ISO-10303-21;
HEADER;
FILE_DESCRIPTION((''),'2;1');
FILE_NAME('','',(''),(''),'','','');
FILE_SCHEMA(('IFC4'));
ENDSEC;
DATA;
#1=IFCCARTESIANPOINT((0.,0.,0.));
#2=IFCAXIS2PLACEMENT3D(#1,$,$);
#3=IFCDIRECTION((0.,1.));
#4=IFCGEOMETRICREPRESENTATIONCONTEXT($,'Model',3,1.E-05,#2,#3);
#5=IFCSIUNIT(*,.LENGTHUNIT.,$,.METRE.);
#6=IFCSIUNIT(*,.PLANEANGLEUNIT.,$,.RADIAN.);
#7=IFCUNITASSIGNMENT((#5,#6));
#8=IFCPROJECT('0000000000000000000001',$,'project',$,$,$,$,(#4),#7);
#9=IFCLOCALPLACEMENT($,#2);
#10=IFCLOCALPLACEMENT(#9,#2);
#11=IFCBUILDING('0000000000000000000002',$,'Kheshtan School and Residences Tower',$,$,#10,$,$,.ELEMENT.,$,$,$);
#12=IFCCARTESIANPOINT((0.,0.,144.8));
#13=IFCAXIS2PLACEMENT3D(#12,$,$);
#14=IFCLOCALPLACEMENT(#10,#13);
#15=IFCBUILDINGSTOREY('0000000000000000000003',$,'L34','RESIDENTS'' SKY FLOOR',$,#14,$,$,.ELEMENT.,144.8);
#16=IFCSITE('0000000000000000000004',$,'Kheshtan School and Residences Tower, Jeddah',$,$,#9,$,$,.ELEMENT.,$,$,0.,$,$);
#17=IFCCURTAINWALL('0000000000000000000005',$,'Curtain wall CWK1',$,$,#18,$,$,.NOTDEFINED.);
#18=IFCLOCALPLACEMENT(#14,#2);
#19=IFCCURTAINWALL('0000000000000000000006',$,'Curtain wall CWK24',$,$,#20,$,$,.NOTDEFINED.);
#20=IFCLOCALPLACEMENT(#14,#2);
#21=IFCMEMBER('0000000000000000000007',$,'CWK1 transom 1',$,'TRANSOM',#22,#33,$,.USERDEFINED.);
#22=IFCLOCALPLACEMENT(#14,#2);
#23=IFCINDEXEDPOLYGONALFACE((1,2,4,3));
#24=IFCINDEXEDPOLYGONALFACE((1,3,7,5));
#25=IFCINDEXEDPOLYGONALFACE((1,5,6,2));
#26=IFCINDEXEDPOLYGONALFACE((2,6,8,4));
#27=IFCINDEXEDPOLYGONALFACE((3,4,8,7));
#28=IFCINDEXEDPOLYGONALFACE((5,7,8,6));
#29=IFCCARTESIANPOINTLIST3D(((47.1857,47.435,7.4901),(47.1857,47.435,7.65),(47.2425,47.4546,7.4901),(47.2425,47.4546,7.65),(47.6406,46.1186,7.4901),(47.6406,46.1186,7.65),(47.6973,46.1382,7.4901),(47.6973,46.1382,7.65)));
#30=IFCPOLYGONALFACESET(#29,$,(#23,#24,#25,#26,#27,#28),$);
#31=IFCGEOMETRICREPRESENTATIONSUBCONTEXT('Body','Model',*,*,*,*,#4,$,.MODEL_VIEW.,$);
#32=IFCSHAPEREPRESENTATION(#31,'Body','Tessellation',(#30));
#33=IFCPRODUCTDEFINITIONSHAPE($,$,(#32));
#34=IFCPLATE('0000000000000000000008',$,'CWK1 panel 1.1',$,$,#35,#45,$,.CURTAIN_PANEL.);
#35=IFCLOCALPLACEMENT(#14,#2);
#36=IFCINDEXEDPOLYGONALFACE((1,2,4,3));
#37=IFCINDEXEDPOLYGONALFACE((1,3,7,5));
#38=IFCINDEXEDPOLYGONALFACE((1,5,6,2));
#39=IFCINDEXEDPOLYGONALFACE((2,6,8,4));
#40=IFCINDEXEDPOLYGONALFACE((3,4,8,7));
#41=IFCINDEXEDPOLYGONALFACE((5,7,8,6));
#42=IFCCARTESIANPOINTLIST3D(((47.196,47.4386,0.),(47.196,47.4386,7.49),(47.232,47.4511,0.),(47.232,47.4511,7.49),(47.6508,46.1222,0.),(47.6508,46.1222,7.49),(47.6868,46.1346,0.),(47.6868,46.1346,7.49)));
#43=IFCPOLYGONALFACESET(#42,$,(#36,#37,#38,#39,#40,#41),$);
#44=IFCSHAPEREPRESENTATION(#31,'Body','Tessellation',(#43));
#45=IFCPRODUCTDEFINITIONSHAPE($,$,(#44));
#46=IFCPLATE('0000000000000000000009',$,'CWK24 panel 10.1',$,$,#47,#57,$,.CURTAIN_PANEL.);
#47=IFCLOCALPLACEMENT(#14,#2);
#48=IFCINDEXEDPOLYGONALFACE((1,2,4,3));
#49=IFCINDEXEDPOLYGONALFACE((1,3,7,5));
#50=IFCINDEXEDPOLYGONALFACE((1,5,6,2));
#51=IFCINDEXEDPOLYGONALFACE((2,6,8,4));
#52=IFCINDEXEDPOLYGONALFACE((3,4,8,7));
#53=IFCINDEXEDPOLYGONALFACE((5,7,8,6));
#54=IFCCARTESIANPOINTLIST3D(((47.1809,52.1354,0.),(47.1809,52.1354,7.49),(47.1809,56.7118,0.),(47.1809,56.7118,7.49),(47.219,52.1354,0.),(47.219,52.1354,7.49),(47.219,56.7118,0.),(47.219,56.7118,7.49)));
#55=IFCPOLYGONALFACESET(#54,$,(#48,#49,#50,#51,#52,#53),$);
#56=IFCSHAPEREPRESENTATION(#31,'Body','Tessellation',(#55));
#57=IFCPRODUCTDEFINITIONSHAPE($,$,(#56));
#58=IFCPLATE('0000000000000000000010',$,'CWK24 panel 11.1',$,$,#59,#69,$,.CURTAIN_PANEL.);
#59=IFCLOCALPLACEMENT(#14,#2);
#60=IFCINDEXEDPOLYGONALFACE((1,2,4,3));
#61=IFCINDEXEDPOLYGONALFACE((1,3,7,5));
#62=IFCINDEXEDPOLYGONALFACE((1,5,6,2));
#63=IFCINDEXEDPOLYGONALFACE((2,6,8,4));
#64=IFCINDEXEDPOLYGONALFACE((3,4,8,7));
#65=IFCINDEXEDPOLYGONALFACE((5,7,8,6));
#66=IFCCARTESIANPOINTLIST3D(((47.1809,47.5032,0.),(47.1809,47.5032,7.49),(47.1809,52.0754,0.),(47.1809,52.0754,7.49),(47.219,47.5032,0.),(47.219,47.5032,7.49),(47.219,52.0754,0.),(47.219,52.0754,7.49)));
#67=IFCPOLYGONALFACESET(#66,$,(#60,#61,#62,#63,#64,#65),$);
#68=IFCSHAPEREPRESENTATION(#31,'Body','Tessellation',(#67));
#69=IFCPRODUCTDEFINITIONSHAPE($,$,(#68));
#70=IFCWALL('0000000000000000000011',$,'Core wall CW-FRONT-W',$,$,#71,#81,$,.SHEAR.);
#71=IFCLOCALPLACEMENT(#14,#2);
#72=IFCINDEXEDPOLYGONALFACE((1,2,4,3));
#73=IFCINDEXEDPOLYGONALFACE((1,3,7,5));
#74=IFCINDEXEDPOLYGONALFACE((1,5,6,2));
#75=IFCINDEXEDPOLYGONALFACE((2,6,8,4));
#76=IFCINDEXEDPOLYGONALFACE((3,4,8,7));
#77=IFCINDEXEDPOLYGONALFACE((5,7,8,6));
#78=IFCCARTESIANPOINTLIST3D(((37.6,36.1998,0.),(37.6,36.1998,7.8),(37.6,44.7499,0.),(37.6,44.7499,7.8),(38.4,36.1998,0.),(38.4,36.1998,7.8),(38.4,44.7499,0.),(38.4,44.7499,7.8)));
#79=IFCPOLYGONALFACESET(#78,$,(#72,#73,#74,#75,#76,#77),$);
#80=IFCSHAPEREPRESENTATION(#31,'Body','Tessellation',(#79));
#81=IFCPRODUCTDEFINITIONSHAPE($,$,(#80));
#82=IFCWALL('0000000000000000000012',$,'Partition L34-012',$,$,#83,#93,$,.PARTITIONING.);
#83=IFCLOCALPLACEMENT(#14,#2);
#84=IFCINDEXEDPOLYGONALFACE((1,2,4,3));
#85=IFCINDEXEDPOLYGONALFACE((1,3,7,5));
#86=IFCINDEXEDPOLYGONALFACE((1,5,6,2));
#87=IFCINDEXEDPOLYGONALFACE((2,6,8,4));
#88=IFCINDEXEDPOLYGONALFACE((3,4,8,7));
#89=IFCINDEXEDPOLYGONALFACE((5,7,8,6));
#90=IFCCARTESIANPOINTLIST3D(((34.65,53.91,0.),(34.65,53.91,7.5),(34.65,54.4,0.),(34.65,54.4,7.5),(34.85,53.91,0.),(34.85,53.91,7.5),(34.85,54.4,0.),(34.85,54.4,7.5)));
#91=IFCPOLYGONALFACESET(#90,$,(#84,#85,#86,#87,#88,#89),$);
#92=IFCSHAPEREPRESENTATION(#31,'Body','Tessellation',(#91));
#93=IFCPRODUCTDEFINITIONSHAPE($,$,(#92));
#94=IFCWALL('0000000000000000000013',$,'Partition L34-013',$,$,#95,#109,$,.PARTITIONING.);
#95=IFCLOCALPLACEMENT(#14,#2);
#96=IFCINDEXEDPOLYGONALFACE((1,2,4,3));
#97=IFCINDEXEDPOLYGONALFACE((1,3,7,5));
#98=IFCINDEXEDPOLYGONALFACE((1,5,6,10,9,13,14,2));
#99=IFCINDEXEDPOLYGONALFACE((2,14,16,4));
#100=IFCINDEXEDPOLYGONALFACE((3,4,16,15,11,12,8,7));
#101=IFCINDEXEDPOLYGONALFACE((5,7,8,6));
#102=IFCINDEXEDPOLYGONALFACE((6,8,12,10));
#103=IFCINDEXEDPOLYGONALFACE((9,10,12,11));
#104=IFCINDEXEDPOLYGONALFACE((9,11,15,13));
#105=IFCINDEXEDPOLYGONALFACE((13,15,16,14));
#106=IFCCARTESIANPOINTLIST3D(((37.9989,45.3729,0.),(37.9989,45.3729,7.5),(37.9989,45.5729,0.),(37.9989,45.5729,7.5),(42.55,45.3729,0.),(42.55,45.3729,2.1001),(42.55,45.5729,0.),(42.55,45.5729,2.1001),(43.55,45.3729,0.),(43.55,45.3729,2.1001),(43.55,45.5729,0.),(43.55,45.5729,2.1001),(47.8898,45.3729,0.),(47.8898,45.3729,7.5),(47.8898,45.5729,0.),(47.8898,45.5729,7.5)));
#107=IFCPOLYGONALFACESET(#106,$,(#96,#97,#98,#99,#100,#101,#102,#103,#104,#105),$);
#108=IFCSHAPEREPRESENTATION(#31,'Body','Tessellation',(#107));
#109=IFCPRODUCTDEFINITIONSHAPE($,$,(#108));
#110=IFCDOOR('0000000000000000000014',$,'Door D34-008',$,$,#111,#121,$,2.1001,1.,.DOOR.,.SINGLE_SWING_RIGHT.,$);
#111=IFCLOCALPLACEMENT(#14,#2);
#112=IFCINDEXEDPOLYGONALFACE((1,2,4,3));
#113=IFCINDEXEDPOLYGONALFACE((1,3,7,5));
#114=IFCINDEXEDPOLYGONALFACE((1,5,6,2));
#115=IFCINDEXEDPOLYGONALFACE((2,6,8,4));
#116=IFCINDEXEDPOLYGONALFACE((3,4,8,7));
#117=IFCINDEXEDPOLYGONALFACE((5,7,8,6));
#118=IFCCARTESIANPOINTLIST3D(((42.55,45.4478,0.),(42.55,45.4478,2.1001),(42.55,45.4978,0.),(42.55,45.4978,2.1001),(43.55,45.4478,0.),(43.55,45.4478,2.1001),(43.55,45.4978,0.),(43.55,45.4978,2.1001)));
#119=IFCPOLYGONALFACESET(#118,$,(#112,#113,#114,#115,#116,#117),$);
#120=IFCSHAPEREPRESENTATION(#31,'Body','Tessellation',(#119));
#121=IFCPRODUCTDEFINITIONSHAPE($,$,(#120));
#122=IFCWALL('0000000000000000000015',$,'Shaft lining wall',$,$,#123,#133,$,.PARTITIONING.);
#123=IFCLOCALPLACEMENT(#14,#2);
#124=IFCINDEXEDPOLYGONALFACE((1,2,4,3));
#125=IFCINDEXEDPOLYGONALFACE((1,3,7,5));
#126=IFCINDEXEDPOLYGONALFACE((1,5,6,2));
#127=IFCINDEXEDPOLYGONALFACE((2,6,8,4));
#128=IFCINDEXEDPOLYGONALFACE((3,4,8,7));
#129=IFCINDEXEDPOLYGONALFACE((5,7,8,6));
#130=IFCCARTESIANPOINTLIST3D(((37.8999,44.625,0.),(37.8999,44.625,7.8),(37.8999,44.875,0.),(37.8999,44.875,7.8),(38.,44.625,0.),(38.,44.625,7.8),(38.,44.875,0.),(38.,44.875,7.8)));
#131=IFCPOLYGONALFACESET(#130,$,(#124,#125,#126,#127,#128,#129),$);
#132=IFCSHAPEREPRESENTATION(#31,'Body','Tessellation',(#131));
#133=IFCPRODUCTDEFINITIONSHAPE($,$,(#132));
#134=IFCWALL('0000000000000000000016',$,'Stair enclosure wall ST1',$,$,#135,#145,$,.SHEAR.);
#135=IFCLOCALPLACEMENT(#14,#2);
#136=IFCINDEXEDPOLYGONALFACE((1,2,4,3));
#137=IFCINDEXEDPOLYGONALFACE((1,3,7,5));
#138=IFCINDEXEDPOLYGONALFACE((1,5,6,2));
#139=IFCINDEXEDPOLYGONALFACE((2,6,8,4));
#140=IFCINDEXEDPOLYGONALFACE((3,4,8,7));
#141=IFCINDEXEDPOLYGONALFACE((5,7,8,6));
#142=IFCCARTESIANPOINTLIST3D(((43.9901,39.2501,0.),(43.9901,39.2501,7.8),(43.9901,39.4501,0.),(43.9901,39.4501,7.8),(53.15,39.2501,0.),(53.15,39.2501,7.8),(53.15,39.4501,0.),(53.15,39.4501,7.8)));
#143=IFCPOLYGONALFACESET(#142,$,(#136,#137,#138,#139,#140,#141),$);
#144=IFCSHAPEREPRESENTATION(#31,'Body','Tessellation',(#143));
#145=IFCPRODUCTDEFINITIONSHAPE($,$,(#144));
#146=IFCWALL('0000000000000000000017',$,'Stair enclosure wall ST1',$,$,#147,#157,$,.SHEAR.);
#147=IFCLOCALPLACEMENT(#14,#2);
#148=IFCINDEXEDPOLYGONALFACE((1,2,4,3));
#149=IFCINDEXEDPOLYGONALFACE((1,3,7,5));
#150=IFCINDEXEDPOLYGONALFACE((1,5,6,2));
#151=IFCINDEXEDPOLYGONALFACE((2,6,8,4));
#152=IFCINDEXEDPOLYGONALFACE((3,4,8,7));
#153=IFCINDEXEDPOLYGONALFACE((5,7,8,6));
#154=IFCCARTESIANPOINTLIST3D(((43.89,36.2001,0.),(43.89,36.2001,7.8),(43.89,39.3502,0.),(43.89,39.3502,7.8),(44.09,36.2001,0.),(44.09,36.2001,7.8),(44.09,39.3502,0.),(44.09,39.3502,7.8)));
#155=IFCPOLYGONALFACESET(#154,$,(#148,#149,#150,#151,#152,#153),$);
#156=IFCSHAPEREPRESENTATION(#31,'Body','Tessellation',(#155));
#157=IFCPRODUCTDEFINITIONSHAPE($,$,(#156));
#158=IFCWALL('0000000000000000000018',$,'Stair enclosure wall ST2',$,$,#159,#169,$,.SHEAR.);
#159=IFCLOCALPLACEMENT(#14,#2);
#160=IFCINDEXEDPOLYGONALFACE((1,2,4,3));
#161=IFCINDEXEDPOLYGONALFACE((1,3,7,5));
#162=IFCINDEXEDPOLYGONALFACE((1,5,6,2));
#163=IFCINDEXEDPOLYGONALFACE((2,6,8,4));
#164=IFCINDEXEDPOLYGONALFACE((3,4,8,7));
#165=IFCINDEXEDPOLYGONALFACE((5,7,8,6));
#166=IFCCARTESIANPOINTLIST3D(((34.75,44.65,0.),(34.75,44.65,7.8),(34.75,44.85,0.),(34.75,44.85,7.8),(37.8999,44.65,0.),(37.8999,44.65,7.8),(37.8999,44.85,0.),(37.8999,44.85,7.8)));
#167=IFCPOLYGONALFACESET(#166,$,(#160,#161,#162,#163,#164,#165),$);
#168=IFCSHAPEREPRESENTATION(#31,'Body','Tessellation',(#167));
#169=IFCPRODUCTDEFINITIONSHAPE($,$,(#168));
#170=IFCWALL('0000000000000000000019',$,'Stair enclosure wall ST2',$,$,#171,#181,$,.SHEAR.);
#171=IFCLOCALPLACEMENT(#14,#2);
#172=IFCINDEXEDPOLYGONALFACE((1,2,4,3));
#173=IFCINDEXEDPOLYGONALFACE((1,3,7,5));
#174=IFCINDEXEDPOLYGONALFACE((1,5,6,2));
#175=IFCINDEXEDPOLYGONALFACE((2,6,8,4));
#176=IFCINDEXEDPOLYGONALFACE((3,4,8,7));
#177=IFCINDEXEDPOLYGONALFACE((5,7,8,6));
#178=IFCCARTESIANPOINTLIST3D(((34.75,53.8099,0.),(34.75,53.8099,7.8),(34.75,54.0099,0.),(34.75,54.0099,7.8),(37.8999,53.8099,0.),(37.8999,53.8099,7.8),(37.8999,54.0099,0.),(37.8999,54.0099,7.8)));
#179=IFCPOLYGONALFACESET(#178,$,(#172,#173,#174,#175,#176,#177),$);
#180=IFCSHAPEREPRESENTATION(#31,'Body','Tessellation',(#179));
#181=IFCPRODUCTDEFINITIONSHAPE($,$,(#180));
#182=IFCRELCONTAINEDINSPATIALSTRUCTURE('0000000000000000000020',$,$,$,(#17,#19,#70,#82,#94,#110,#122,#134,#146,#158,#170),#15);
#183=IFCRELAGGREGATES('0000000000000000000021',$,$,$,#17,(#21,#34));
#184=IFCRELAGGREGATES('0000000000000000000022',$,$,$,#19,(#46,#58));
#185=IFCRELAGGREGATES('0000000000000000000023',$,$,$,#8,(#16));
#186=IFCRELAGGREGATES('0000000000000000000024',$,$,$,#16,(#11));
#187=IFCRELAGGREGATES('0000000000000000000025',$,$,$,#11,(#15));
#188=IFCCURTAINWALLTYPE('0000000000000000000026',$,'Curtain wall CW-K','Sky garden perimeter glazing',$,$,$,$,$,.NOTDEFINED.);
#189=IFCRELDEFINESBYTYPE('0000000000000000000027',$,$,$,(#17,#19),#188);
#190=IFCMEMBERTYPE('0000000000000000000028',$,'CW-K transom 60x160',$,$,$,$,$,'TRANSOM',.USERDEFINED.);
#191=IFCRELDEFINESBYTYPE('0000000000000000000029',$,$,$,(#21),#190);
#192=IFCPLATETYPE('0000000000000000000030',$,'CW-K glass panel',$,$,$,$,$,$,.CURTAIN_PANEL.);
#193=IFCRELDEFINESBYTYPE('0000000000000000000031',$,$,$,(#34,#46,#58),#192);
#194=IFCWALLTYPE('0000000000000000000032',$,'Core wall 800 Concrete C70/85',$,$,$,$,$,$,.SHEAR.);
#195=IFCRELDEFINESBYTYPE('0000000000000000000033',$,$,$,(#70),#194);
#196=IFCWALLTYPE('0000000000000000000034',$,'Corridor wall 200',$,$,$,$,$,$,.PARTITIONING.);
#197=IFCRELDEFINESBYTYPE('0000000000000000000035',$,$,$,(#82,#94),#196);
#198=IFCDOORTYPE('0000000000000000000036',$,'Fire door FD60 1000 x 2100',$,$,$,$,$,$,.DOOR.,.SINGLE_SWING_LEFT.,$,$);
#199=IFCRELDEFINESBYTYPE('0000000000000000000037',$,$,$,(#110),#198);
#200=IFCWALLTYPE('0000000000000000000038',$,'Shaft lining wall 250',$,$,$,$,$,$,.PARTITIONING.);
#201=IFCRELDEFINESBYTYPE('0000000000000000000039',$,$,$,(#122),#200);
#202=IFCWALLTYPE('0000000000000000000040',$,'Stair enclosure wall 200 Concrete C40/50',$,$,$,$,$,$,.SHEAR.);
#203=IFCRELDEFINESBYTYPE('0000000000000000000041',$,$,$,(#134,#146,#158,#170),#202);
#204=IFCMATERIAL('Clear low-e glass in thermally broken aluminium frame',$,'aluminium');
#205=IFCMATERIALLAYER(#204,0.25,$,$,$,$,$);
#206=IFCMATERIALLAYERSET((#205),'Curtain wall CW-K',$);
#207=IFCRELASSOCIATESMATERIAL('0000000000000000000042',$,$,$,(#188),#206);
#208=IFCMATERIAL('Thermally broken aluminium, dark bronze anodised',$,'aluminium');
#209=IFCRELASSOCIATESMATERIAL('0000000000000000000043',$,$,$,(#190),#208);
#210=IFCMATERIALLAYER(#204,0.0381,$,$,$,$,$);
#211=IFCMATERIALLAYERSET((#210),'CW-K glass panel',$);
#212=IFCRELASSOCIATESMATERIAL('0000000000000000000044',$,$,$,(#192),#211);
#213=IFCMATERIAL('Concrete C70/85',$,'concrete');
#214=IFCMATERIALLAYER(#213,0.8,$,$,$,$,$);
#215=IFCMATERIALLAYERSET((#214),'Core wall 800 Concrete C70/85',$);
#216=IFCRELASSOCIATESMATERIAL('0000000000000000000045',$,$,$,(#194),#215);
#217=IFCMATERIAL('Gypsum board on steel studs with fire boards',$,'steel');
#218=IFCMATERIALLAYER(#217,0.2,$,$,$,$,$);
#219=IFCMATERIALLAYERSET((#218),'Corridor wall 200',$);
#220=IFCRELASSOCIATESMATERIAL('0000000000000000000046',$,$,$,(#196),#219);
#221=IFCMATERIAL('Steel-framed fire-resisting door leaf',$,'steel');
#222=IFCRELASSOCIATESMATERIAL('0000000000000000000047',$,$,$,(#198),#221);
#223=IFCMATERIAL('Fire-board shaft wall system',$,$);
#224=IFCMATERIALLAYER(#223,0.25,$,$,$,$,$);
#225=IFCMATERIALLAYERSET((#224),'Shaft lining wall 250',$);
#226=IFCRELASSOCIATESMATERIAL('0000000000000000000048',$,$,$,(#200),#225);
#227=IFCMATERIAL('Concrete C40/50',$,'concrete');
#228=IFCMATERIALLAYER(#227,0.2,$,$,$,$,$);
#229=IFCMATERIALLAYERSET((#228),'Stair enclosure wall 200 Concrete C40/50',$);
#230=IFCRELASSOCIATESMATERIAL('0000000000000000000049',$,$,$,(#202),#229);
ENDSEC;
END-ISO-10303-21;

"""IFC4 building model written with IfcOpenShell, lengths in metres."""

from ifc_helpers import new_model, si_unit, direction, frame, frame_2d, origin, origin_2d, place, context, subcontext, project, spatial, rectangle, extrude, source, transform, mapped, material, layer, layer_set, material_profile, profile_set, type_object, element, fill, aggregate, save


model = new_model("IFC4")

# Units and contexts
model_context = context("Model", 3, precision=1e-05, world=origin(), true_north=direction((0.0, 1.0)))
body_context = subcontext(model_context, "Body", "Model", "MODEL_VIEW")
ifc_project = project(units=[si_unit("LENGTHUNIT", "METRE"), si_unit("PLANEANGLEUNIT", "RADIAN")], contexts=[model_context])

# Site, building, storey
site_placement = place(None, origin())
site = spatial("IfcSite", under=ifc_project, at=site_placement, Name="Kheshtan School and Residences Tower, Jeddah", CompositionType="ELEMENT", RefElevation=0.0)
building_placement = place(site_placement, origin())
building = spatial("IfcBuilding", under=site, at=building_placement, Name="Kheshtan School and Residences Tower", CompositionType="ELEMENT")
storey_placement = place(building_placement, frame((0.0, 0.0, 144.8)))
storey = spatial("IfcBuildingStorey", under=building, at=storey_placement, Name="L34", Description="RESIDENTS' SKY FLOOR", CompositionType="ELEMENT", Elevation=144.8)

# Curtain walls
ifc_material_1 = material(Name="Clear low-e glass in thermally broken aluminium frame", Category="aluminium")
ifc_layer_1 = layer(ifc_material_1, 0.25)
ifc_layer_set_1 = layer_set([ifc_layer_1], Name="Curtain wall CW-K")
curtain_wall_type = type_object("IfcCurtainWallType", Name="Curtain wall CW-K", Description="Sky garden perimeter glazing", PredefinedType="NOTDEFINED", material=ifc_layer_set_1)
curtain_wall_1_placement = place(storey_placement, origin())
curtain_wall_1 = element("IfcCurtainWall", 1, at=curtain_wall_1_placement, inside=storey, type_object=curtain_wall_type, Name="Curtain wall CWK1", PredefinedType="NOTDEFINED")
ifc_material_2 = material(Name="Thermally broken aluminium, dark bronze anodised", Category="aluminium")
curtain_wall_2_placement = place(storey_placement, origin())
curtain_wall_2 = element("IfcCurtainWall", 2, at=curtain_wall_2_placement, inside=storey, type_object=curtain_wall_type, Name="Curtain wall CWK24", PredefinedType="NOTDEFINED")

# Member
ifc_material_profile_1 = material_profile(ifc_material_2, rectangle(XDim=0.0601, YDim=0.1599, at=origin_2d()), Name="CW-K transom 60x160")
ifc_profile_set_1 = profile_set([ifc_material_profile_1], Name="Thermally broken aluminium, dark bronze anodised")
member_type_1 = type_object("IfcMemberType", Name="CW-K transom 60x160", ElementType="TRANSOM", PredefinedType="USERDEFINED", material=ifc_profile_set_1)
member_1_placement = place(storey_placement, frame((47.2141, 47.4448, 7.5701), z_axis=(0.326569, -0.945173, 0.0), x_axis=(0.945173, 0.326569, 0.0)))
member_1 = element("IfcMember", 3, at=member_1_placement, type_object=member_type_1, Name="CWK1 transom 1", ObjectType="TRANSOM", PredefinedType="USERDEFINED", context=body_context, shape_type="SweptSolid", body=[
    extrude(rectangle(XDim=0.0601, YDim=0.1599, at=origin_2d()), origin(), (0.0, 0.0, 1.0), 1.3928),
])

# Plates
ifc_layer_2 = layer(ifc_material_1, 0.0381)
ifc_layer_set_2 = layer_set([ifc_layer_2], Name="CW-K glass panel")
plate_type = type_object("IfcPlateType", Name="CW-K glass panel", PredefinedType="CURTAIN_PANEL", material=ifc_layer_set_2)
plate_1_placement = place(storey_placement, frame((47.4414, 46.7866, 0.0), z_axis=(0.0, 0.0, 1.0), x_axis=(0.32652, -0.94519, 0.0)))
plate_1 = element("IfcPlate", 4, at=plate_1_placement, type_object=plate_type, Name="CWK1 panel 1.1", PredefinedType="CURTAIN_PANEL", context=body_context, shape_type="SweptSolid", body=[
    extrude(rectangle(XDim=1.3928, YDim=0.0381, at=origin_2d()), origin(), (0.0, 0.0, 1.0), 7.49),
])
aggregate(curtain_wall_1, [member_1, plate_1])
plate_2_placement = place(storey_placement, frame((47.2, 54.4236, 0.0), z_axis=(0.0, 0.0, 1.0), x_axis=(0.0, -1.0, 0.0)))
plate_2 = element("IfcPlate", 5, at=plate_2_placement, type_object=plate_type, Name="CWK24 panel 10.1", PredefinedType="CURTAIN_PANEL", context=body_context, shape_type="SweptSolid", body=[
    extrude(rectangle(XDim=4.5764, YDim=0.0381, at=origin_2d()), origin(), (0.0, 0.0, 1.0), 7.49),
])
plate_3_placement = place(storey_placement, frame((47.2, 49.7893, 0.0), z_axis=(0.0, 0.0, 1.0), x_axis=(0.0, -1.0, 0.0)))
plate_3 = element("IfcPlate", 6, at=plate_3_placement, type_object=plate_type, Name="CWK24 panel 11.1", PredefinedType="CURTAIN_PANEL", context=body_context, shape_type="SweptSolid", body=[
    extrude(rectangle(XDim=4.5723, YDim=0.0381, at=origin_2d()), origin(), (0.0, 0.0, 1.0), 7.49),
])
aggregate(curtain_wall_2, [plate_2, plate_3])

# Walls
ifc_material_3 = material(Name="Concrete C70/85", Category="concrete")
ifc_layer_3 = layer(ifc_material_3, 0.8)
ifc_layer_set_3 = layer_set([ifc_layer_3], Name="Core wall 800 Concrete C70/85")
wall_type_1 = type_object("IfcWallType", Name="Core wall 800 Concrete C70/85", PredefinedType="SHEAR", material=ifc_layer_set_3)
wall_1_placement = place(storey_placement, frame((38.0, 36.2, 0.0), z_axis=(0.0, 0.0, 1.0), x_axis=(0.0, 1.0, 0.0)))
element("IfcWall", 7, at=wall_1_placement, inside=storey, type_object=wall_type_1, Name="Core wall CW-FRONT-W", PredefinedType="SHEAR", context=body_context, shape_type="SweptSolid", body=[
    extrude(rectangle(XDim=8.55, YDim=0.8, at=frame_2d((4.2749, 0.0))), origin(), (0.0, 0.0, 1.0), 7.8),
])
ifc_material_4 = material(Name="Gypsum board on steel studs with fire boards", Category="steel")
ifc_layer_4 = layer(ifc_material_4, 0.2)
ifc_layer_set_4 = layer_set([ifc_layer_4], Name="Corridor wall 200")
wall_type_2 = type_object("IfcWallType", Name="Corridor wall 200", PredefinedType="PARTITIONING", material=ifc_layer_set_4)
wall_2_placement = place(storey_placement, frame((34.75, 53.9099, 0.0), z_axis=(0.0, 0.0, 1.0), x_axis=(0.0, 1.0, 0.0)))
element("IfcWall", 8, at=wall_2_placement, inside=storey, type_object=wall_type_2, Name="Partition L34-012", PredefinedType="PARTITIONING", context=body_context, shape_type="SweptSolid", body=[
    extrude(rectangle(XDim=0.49, YDim=0.2, at=frame_2d((0.2451, 0.0))), origin(), (0.0, 0.0, 1.0), 7.5),
])

# Wall, opening, door
wall_3_placement = place(storey_placement, frame((37.999, 45.4729, 0.0), z_axis=(0.0, 0.0, 1.0), x_axis=(1.0, 0.0, 0.0)))
wall_3 = element("IfcWall", 9, at=wall_3_placement, inside=storey, type_object=wall_type_2, Name="Partition L34-013", PredefinedType="PARTITIONING", context=body_context, shape_type="SweptSolid", body=[
    extrude(rectangle(XDim=9.8909, YDim=0.2, at=frame_2d((4.9453, 0.0))), origin(), (0.0, 0.0, 1.0), 7.5),
])
opening_placement = place(wall_3_placement, frame((4.551, 0.0, 0.0)))
opening = element("IfcOpeningElement", 10, at=opening_placement, cuts=wall_3, PredefinedType="OPENING", context=body_context, shape_type="SweptSolid", body=[
    extrude(rectangle(XDim=1.0, YDim=2.1001, at=frame_2d((0.5, 1.05))), frame((0.0, 0.1099, 0.0), z_axis=(0.0, -1.0, 0.0), x_axis=(1.0, 0.0, 0.0)), (0.0, 0.0, 1.0), 0.22),
])
ifc_material_5 = material(Name="Steel-framed fire-resisting door leaf", Category="steel")
door_type = type_object("IfcDoorType", Name="Fire door FD60 1000 x 2100", OperationType="SINGLE_SWING_LEFT", PredefinedType="DOOR", material=ifc_material_5)
shared_shape = source(origin(), body_context, "Body", "SweptSolid", [
    extrude(rectangle(XDim=1.0, YDim=2.1001, at=frame_2d((0.5, 1.05))), frame((0.0, 0.0249, 0.0), z_axis=(0.0, -1.0, 0.0), x_axis=(1.0, 0.0, 0.0)), (0.0, 0.0, 1.0), 0.05),
])
door_placement = place(opening_placement, origin())
door = element("IfcDoor", 11, at=door_placement, inside=storey, type_object=door_type, Name="Door D34-008", OperationType="SINGLE_SWING_RIGHT", OverallHeight=2.1001, OverallWidth=1.0, PredefinedType="DOOR", context=body_context, shape_type="MappedRepresentation", body=[
    mapped(shared_shape, transform((0.0, 0.0, 0.0), x_axis=(1.0, 0.0, 0.0), y_axis=(0.0, 1.0, 0.0), z_axis=(0.0, 0.0, 1.0), scale=1.0)),
])
fill(opening, door)

# Walls
ifc_material_6 = material(Name="Fire-board shaft wall system")
ifc_layer_5 = layer(ifc_material_6, 0.25)
ifc_layer_set_5 = layer_set([ifc_layer_5], Name="Shaft lining wall 250")
wall_type_3 = type_object("IfcWallType", Name="Shaft lining wall 250", PredefinedType="PARTITIONING", material=ifc_layer_set_5)
wall_4_placement = place(storey_placement, frame((37.8999, 44.75, 0.0), z_axis=(0.0, 0.0, 1.0), x_axis=(1.0, 0.0, 0.0)))
element("IfcWall", 12, at=wall_4_placement, inside=storey, type_object=wall_type_3, Name="Shaft lining wall", PredefinedType="PARTITIONING", context=body_context, shape_type="SweptSolid", body=[
    extrude(rectangle(XDim=0.1001, YDim=0.25, at=frame_2d((0.05, 0.0))), origin(), (0.0, 0.0, 1.0), 7.8),
])
ifc_material_7 = material(Name="Concrete C40/50", Category="concrete")
ifc_layer_6 = layer(ifc_material_7, 0.2)
ifc_layer_set_6 = layer_set([ifc_layer_6], Name="Stair enclosure wall 200 Concrete C40/50")
wall_type_4 = type_object("IfcWallType", Name="Stair enclosure wall 200 Concrete C40/50", PredefinedType="SHEAR", material=ifc_layer_set_6)
wall_5_placement = place(storey_placement, frame((43.99, 39.3501, 0.0), z_axis=(0.0, 0.0, 1.0), x_axis=(1.0, 0.0, 0.0)))
element("IfcWall", 13, at=wall_5_placement, inside=storey, type_object=wall_type_4, Name="Stair enclosure wall ST1", PredefinedType="SHEAR", context=body_context, shape_type="SweptSolid", body=[
    extrude(rectangle(XDim=9.1599, YDim=0.2, at=frame_2d((4.5801, 0.0))), origin(), (0.0, 0.0, 1.0), 7.8),
])
wall_6_placement = place(storey_placement, frame((43.99, 36.2, 0.0), z_axis=(0.0, 0.0, 1.0), x_axis=(0.0, 1.0, 0.0)))
element("IfcWall", 14, at=wall_6_placement, inside=storey, type_object=wall_type_4, Name="Stair enclosure wall ST1", PredefinedType="SHEAR", context=body_context, shape_type="SweptSolid", body=[
    extrude(rectangle(XDim=3.1501, YDim=0.2, at=frame_2d((1.5752, 0.0))), origin(), (0.0, 0.0, 1.0), 7.8),
])
for number, where, z_axis, x_axis, name in (
    (15, (34.75, 44.75, 0.0), (0.0, 0.0, 1.0), (1.0, 0.0, 0.0), "Stair enclosure wall ST2"),
    (16, (34.75, 53.9099, 0.0), (0.0, 0.0, 1.0), (1.0, 0.0, 0.0), "Stair enclosure wall ST2"),
):
    element("IfcWall", number, at=place(storey_placement, frame(where, z_axis=z_axis, x_axis=x_axis)), inside=storey, type_object=wall_type_4, Name=name, PredefinedType="SHEAR", context=body_context, shape_type="SweptSolid", body=[
        extrude(rectangle(XDim=3.1499, YDim=0.2, at=frame_2d((1.575, 0.0))), origin(), (0.0, 0.0, 1.0), 7.8),
    ])

save(model, "model.ifc")
